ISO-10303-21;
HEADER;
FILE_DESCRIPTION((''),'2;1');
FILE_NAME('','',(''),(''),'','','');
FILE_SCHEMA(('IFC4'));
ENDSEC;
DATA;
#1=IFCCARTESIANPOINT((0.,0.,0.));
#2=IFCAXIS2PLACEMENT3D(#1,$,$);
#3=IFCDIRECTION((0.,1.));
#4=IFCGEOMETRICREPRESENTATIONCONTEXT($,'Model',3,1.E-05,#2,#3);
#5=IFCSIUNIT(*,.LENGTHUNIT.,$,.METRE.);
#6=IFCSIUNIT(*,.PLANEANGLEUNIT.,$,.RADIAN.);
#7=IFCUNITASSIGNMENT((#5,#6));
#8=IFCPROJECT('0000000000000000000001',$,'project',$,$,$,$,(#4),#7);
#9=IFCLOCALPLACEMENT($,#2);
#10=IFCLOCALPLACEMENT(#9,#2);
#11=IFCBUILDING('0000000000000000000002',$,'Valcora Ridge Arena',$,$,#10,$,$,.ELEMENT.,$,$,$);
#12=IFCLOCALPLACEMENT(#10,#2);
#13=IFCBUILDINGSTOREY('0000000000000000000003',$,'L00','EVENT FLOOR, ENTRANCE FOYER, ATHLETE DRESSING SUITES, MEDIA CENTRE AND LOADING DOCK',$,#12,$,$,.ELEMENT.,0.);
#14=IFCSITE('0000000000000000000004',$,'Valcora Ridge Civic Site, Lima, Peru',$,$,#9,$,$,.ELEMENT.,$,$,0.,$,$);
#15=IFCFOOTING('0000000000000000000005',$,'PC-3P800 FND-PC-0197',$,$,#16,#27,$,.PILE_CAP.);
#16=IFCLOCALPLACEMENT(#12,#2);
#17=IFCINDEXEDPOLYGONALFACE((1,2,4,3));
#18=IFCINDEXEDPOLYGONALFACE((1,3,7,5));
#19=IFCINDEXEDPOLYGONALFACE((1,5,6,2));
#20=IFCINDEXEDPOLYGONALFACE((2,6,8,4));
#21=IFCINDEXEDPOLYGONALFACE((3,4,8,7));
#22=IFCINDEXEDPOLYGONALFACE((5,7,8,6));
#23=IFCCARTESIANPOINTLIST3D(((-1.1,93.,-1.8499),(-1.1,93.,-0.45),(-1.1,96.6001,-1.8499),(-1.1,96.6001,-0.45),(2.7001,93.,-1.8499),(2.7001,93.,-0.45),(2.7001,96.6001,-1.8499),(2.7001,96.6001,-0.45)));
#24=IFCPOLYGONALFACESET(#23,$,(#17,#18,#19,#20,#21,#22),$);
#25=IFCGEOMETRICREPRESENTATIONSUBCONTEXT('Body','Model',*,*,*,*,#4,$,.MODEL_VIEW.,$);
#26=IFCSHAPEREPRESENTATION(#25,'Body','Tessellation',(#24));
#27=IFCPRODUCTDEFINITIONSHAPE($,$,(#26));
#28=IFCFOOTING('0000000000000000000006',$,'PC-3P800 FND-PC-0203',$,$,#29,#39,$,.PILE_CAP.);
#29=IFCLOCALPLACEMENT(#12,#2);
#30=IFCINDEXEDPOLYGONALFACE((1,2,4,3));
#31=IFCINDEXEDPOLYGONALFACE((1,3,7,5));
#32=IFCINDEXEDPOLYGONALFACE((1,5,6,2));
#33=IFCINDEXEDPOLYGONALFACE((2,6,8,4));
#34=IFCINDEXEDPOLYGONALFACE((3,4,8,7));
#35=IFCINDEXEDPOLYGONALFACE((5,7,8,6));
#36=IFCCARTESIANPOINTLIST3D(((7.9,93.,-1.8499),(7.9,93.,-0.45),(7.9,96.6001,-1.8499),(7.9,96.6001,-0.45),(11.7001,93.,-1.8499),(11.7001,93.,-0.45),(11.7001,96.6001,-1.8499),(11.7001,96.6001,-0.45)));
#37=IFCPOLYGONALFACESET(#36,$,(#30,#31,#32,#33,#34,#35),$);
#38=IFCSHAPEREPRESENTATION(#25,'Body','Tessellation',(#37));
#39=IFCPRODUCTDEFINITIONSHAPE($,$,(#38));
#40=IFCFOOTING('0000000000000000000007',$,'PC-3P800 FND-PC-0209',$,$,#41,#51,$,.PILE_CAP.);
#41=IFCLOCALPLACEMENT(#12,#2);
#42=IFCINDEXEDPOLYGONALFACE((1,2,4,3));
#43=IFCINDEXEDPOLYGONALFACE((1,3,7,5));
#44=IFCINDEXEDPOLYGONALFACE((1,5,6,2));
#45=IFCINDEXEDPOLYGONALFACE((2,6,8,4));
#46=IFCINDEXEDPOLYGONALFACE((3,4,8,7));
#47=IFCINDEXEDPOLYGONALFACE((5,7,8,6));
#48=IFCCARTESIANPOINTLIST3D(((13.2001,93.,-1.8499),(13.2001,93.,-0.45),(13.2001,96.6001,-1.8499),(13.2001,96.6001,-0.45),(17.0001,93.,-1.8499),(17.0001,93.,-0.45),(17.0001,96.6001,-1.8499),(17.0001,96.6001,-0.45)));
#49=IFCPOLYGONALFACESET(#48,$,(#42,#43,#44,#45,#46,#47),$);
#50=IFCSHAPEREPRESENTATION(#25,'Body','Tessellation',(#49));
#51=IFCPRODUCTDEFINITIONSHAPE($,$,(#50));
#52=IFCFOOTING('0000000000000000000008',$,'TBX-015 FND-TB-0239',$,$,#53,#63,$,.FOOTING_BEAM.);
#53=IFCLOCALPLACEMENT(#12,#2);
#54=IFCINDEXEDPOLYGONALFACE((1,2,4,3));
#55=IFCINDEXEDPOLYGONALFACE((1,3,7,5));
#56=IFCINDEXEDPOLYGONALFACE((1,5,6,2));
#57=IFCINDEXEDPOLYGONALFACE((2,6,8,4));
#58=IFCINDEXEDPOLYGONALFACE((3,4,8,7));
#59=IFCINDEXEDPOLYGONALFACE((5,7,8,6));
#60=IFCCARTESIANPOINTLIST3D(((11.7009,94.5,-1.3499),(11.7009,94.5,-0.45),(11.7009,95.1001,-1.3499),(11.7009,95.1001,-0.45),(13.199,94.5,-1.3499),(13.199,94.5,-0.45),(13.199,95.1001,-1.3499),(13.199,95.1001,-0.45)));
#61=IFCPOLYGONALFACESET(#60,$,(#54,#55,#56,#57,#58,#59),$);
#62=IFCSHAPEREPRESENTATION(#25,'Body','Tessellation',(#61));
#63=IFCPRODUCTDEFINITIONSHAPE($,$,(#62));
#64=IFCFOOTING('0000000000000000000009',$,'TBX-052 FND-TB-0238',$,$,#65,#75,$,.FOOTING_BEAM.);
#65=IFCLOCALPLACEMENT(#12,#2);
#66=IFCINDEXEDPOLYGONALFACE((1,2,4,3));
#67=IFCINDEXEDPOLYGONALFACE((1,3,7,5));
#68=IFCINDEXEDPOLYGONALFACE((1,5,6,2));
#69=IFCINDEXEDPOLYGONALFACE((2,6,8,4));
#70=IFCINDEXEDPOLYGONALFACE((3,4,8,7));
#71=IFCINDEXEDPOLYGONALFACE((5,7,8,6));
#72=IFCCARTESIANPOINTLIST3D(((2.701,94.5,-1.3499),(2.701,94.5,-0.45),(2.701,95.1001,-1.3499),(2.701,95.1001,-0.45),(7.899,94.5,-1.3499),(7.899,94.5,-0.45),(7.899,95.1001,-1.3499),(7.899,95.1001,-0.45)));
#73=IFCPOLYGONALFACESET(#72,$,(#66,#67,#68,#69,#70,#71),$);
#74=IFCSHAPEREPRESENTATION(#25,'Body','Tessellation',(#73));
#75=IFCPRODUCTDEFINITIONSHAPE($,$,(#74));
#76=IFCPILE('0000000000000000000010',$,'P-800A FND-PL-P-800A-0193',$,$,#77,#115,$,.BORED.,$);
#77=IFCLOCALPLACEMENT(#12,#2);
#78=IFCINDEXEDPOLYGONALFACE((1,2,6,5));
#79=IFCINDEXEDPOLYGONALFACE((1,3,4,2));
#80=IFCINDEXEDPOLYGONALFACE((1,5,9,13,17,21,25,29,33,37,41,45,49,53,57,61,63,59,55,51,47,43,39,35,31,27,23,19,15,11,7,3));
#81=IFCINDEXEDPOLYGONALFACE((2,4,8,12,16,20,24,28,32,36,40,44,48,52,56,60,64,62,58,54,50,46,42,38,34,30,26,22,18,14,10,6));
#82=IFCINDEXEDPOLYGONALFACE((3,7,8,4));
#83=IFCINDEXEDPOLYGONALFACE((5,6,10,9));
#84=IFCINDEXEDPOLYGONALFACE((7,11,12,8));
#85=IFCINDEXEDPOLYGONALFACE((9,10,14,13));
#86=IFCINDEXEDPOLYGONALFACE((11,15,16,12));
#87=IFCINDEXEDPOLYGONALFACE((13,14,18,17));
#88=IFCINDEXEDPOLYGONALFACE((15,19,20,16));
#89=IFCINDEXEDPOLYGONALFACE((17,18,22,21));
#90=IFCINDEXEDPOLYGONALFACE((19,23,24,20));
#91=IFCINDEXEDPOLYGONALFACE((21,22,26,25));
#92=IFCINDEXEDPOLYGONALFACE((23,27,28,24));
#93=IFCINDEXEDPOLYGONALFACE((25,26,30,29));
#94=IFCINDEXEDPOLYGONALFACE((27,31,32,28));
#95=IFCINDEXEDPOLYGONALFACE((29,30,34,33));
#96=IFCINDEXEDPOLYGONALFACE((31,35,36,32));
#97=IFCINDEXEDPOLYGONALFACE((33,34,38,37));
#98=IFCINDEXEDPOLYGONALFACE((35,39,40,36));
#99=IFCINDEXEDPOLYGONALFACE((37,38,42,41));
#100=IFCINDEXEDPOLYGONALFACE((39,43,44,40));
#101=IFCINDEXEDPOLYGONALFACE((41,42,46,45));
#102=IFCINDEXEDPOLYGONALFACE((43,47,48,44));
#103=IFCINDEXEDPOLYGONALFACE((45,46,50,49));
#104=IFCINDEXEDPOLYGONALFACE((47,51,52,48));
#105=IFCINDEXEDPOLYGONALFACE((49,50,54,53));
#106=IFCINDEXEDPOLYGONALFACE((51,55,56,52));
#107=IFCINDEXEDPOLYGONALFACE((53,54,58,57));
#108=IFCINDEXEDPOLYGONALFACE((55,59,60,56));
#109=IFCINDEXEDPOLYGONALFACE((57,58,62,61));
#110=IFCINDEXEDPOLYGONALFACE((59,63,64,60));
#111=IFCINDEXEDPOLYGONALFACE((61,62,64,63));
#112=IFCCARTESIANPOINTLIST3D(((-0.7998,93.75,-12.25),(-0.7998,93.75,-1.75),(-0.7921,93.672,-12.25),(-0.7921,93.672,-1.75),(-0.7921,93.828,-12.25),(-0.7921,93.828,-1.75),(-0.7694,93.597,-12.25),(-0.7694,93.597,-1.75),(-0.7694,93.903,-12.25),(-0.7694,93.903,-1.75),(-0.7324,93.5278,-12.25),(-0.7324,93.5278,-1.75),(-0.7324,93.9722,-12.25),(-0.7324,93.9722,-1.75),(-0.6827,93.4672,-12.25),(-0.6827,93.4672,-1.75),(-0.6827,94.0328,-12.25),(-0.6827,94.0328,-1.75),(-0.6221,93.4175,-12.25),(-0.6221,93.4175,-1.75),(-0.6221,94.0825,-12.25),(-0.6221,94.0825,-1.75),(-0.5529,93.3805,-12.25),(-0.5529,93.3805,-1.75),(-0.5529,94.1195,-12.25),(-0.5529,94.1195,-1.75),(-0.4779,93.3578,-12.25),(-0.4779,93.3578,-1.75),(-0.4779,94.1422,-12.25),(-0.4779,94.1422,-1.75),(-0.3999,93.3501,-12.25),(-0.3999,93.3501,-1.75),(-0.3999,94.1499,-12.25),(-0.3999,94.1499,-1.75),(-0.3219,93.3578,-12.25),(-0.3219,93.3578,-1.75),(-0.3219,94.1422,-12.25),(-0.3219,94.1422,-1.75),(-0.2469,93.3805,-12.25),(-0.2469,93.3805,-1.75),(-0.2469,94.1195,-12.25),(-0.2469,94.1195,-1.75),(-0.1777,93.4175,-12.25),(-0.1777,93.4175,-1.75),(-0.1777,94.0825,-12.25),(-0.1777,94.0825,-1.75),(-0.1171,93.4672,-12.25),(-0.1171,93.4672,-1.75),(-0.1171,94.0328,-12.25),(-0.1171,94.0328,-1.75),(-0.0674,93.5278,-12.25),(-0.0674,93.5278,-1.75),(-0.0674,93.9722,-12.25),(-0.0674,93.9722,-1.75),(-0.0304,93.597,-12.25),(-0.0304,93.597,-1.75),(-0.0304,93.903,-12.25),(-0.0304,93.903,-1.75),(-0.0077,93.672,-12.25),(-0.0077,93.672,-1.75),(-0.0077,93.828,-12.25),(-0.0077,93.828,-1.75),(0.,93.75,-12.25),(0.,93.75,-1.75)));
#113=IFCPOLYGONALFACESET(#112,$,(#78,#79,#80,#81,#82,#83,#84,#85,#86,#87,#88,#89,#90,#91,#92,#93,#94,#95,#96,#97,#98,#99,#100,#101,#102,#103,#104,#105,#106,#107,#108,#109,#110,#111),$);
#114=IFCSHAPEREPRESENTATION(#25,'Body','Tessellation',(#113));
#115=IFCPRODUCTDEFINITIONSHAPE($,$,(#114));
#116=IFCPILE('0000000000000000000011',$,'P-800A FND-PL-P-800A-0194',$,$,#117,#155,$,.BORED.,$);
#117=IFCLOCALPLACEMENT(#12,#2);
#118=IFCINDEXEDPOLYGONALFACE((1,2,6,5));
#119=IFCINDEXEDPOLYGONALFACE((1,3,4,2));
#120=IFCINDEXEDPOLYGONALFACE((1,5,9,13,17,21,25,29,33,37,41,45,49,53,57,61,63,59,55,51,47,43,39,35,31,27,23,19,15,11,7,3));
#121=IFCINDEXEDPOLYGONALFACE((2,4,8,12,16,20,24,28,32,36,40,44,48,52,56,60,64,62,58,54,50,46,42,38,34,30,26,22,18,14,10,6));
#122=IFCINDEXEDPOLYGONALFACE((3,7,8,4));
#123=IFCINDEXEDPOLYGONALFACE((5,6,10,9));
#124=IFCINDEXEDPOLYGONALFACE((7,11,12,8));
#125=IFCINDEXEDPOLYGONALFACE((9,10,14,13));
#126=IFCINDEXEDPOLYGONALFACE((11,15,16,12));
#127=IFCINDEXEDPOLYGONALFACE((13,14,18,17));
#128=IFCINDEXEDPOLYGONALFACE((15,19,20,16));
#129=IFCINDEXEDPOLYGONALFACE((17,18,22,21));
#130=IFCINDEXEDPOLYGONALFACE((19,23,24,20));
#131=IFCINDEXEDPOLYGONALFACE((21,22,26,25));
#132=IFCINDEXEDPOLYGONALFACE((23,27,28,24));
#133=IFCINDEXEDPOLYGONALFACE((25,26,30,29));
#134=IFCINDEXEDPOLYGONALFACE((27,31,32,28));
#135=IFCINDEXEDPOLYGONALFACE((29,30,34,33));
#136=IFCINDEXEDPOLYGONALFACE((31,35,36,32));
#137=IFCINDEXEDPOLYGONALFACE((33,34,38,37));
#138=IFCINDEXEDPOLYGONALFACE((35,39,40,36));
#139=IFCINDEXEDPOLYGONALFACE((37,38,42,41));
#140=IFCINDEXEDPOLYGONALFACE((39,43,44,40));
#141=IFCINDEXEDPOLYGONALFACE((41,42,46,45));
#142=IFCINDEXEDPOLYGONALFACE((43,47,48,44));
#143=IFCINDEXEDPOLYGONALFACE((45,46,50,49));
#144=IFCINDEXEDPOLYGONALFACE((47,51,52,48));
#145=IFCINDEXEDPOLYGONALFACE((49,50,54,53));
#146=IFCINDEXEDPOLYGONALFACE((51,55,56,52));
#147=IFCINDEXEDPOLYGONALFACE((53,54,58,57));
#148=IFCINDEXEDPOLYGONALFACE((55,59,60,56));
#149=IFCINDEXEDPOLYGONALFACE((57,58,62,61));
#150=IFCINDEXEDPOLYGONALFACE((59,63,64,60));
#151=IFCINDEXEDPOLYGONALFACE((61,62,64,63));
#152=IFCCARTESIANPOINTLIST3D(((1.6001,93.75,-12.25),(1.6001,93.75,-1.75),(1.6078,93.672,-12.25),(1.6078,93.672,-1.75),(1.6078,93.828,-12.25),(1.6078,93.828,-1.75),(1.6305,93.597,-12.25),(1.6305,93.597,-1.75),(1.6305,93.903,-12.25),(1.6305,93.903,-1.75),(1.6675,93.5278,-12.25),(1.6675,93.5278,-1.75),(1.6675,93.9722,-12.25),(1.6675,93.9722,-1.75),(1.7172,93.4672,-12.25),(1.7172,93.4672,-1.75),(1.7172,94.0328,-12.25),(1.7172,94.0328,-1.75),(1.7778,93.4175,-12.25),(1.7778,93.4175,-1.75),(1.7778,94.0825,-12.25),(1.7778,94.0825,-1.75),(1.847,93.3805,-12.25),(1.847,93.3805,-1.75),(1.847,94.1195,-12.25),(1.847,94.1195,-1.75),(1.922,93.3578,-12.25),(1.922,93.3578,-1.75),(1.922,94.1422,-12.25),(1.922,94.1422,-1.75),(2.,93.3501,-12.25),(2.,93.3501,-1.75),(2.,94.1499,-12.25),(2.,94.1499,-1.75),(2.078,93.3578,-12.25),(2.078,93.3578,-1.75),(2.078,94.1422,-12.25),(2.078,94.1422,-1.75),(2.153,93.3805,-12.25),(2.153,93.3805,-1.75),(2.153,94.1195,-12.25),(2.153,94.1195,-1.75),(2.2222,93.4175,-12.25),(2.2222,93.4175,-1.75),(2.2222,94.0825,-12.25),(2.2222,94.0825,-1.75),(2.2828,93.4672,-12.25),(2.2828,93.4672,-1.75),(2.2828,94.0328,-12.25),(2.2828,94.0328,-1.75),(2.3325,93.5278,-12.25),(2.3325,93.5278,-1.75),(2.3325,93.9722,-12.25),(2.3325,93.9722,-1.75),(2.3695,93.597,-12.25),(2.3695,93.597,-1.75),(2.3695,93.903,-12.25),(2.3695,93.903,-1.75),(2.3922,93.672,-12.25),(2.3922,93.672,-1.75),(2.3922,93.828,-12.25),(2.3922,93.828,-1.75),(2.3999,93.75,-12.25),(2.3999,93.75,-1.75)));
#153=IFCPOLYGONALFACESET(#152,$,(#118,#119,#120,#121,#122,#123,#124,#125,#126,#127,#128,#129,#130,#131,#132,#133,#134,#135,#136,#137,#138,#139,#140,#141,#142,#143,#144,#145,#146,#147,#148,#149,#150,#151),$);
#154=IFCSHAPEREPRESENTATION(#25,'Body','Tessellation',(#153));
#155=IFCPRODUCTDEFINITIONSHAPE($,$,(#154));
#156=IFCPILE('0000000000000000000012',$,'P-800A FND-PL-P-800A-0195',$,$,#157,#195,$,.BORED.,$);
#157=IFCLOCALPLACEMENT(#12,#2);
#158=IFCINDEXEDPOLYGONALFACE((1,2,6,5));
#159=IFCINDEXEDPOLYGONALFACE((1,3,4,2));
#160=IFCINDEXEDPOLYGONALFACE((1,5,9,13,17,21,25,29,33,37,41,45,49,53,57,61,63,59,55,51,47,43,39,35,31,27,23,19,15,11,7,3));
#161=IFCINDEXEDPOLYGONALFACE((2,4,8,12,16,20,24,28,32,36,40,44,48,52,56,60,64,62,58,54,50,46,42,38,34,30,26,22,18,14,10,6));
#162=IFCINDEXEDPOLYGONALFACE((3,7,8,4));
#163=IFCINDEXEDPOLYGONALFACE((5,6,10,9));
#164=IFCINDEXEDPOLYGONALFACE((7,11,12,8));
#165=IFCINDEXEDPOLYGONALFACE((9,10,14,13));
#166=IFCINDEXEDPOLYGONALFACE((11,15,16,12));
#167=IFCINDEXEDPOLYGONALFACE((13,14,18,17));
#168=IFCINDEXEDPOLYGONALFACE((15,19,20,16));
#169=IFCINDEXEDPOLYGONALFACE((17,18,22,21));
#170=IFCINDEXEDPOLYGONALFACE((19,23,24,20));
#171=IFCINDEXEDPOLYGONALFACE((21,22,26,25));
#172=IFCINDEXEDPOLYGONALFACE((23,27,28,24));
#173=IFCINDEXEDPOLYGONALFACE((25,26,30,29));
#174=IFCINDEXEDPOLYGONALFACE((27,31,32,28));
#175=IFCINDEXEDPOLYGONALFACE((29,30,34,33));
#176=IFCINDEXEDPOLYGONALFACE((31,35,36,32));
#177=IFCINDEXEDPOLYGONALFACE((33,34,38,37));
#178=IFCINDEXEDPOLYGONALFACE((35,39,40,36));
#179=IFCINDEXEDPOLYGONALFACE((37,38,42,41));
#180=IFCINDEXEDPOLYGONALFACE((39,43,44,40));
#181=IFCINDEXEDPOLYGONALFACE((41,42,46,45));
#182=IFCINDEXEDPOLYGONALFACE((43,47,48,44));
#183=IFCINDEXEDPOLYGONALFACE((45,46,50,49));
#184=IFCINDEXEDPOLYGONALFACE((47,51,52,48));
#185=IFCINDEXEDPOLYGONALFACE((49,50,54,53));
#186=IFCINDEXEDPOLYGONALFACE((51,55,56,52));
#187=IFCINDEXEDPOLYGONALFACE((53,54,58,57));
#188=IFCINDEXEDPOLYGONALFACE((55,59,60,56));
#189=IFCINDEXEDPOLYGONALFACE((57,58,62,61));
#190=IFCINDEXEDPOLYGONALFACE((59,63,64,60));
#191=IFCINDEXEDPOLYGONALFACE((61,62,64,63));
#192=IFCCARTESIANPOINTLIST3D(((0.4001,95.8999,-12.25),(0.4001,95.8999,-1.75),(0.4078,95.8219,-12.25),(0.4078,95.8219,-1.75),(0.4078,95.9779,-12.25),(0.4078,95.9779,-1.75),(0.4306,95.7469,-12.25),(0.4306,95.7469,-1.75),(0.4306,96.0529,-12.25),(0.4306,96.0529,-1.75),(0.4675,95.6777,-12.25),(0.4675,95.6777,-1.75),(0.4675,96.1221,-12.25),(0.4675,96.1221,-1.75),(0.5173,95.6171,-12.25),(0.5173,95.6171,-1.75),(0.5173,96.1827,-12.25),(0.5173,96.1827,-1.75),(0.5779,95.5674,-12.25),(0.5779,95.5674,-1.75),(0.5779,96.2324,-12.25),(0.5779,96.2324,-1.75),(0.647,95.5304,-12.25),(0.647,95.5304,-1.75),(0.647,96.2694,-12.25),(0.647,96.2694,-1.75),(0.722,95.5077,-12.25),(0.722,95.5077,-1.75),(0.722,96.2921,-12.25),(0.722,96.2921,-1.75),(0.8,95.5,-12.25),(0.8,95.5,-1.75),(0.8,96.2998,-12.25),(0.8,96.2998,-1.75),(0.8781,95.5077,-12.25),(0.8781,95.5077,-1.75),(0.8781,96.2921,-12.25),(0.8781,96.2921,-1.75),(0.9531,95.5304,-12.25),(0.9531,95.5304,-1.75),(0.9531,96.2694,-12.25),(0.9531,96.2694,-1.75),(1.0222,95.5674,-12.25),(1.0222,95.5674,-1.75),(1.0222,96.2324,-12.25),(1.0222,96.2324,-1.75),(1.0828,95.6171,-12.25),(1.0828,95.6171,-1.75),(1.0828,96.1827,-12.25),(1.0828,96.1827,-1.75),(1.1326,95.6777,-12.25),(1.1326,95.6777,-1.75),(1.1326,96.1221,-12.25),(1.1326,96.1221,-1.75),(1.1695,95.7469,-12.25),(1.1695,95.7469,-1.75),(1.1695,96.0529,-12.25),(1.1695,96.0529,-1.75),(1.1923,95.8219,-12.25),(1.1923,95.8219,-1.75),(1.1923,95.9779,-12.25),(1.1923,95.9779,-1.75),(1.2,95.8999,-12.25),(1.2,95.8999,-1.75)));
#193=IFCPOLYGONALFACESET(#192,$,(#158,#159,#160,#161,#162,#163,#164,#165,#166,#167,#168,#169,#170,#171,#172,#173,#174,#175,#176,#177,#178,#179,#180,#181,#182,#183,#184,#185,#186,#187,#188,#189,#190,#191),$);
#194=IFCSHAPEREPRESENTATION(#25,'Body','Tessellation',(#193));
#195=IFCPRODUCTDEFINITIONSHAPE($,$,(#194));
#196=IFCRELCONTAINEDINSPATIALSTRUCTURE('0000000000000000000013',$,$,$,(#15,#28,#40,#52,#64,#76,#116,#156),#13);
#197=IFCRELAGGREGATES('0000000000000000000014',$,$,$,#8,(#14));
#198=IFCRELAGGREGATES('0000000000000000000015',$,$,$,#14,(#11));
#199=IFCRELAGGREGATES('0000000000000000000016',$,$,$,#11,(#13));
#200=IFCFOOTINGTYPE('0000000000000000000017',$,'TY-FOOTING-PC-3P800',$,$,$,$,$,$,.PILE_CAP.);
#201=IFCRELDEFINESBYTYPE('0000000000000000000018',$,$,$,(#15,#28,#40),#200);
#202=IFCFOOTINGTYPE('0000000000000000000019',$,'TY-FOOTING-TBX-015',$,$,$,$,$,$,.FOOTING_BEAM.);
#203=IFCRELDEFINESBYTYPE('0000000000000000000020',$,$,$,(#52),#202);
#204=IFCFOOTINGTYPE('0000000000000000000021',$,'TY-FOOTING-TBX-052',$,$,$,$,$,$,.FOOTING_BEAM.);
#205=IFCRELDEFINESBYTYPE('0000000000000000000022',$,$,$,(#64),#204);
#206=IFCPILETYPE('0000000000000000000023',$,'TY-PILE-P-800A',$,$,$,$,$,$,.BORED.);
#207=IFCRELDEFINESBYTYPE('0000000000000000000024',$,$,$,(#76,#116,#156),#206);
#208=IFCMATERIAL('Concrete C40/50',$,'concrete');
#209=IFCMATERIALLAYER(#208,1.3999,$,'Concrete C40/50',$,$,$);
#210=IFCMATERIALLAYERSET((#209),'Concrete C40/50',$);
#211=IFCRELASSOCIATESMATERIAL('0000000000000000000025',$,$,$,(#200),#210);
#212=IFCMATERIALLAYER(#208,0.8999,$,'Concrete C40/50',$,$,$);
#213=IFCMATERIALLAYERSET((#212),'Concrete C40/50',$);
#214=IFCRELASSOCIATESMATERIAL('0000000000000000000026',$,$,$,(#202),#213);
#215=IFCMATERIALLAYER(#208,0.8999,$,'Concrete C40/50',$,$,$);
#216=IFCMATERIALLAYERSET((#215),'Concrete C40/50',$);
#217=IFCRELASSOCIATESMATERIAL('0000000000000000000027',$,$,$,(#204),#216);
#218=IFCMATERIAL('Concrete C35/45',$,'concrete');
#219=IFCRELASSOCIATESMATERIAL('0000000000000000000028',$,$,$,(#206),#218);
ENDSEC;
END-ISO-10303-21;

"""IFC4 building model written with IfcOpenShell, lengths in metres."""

from ifc_helpers import new_model, si_unit, direction, frame, origin, origin_2d, place, context, subcontext, project, spatial, rectangle, circle, extrude, material, layer, layer_set, material_profile, profile_set, type_object, element, save


model = new_model("IFC4")

# Units and contexts
model_context = context("Model", 3, precision=1e-05, world=origin(), true_north=direction((0.0, 1.0)))
body_context = subcontext(model_context, "Body", "Model", "MODEL_VIEW")
ifc_project = project(units=[si_unit("LENGTHUNIT", "METRE"), si_unit("PLANEANGLEUNIT", "RADIAN")], contexts=[model_context])

# Site, building, storey
site_placement = place(None, origin())
site = spatial("IfcSite", under=ifc_project, at=site_placement, Name="Valcora Ridge Civic Site, Lima, Peru", CompositionType="ELEMENT", RefElevation=0.0)
building_placement = place(site_placement, origin())
building = spatial("IfcBuilding", under=site, at=building_placement, Name="Valcora Ridge Arena", CompositionType="ELEMENT")
storey_placement = place(building_placement, origin())
storey = spatial("IfcBuildingStorey", under=building, at=storey_placement, Name="L00", Description="EVENT FLOOR, ENTRANCE FOYER, ATHLETE DRESSING SUITES, MEDIA CENTRE AND LOADING DOCK", CompositionType="ELEMENT", Elevation=0.0)

# Footings
ifc_material_1 = material(Name="Concrete C40/50", Category="concrete")
ifc_layer_1 = layer(ifc_material_1, 1.3999, Name="Concrete C40/50")
ifc_layer_set_1 = layer_set([ifc_layer_1], Name="Concrete C40/50")
footing_type_1 = type_object("IfcFootingType", Name="TY-FOOTING-PC-3P800", PredefinedType="PILE_CAP", material=ifc_layer_set_1)
for number, where, z_axis, x_axis, name in (
    (1, (0.8, 94.8, -1.8499), (0.0, 0.0, 1.0), (1.0, 0.0, 0.0), "PC-3P800 FND-PC-0197"),
    (2, (9.8, 94.8, -1.8499), (0.0, 0.0, 1.0), (1.0, 0.0, 0.0), "PC-3P800 FND-PC-0203"),
    (3, (15.1001, 94.8, -1.8499), (0.0, 0.0, 1.0), (1.0, 0.0, 0.0), "PC-3P800 FND-PC-0209"),
):
    element("IfcFooting", number, at=place(storey_placement, frame(where, z_axis=z_axis, x_axis=x_axis)), inside=storey, type_object=footing_type_1, Name=name, PredefinedType="PILE_CAP", context=body_context, shape_type="SweptSolid", body=[
        extrude(rectangle(XDim=3.8, YDim=3.6001, at=origin_2d()), origin(), (0.0, 0.0, 1.0), 1.3999),
    ])
ifc_layer_2 = layer(ifc_material_1, 0.8999, Name="Concrete C40/50")
ifc_layer_set_2 = layer_set([ifc_layer_2], Name="Concrete C40/50")
footing_type_2 = type_object("IfcFootingType", Name="TY-FOOTING-TBX-015", PredefinedType="FOOTING_BEAM", material=ifc_layer_set_2)
footing_1_placement = place(storey_placement, frame((12.45, 94.8, -1.3499), z_axis=(0.0, 0.0, 1.0), x_axis=(1.0, 0.0, 0.0)))
element("IfcFooting", 4, at=footing_1_placement, inside=storey, type_object=footing_type_2, Name="TBX-015 FND-TB-0239", PredefinedType="FOOTING_BEAM", context=body_context, shape_type="SweptSolid", body=[
    extrude(rectangle(XDim=1.498, YDim=0.6001, at=origin_2d()), origin(), (0.0, 0.0, 1.0), 0.8999),
])
ifc_layer_3 = layer(ifc_material_1, 0.8999, Name="Concrete C40/50")
ifc_layer_set_3 = layer_set([ifc_layer_3], Name="Concrete C40/50")
footing_type_3 = type_object("IfcFootingType", Name="TY-FOOTING-TBX-052", PredefinedType="FOOTING_BEAM", material=ifc_layer_set_3)
footing_2_placement = place(storey_placement, frame((5.3, 94.8, -1.3499), z_axis=(0.0, 0.0, 1.0), x_axis=(1.0, 0.0, 0.0)))
element("IfcFooting", 5, at=footing_2_placement, inside=storey, type_object=footing_type_3, Name="TBX-052 FND-TB-0238", PredefinedType="FOOTING_BEAM", context=body_context, shape_type="SweptSolid", body=[
    extrude(rectangle(XDim=5.198, YDim=0.6001, at=origin_2d()), origin(), (0.0, 0.0, 1.0), 0.8999),
])

# Piles
ifc_material_2 = material(Name="Concrete C35/45", Category="concrete")
ifc_material_profile_1 = material_profile(ifc_material_2, circle(Radius=0.3999, at=origin_2d()), Name="BORED PILE D800")
ifc_profile_set_1 = profile_set([ifc_material_profile_1], Name="Concrete C35/45")
pile_type = type_object("IfcPileType", Name="TY-PILE-P-800A", PredefinedType="BORED", material=ifc_profile_set_1)
for number, where, z_axis, x_axis, name in (
    (6, (-0.3999, 93.75, -1.75), (0.0, 0.0, -1.0), (1.0, 0.0, 0.0), "P-800A FND-PL-P-800A-0193"),
    (7, (2.0, 93.75, -1.75), (0.0, 0.0, -1.0), (1.0, 0.0, 0.0), "P-800A FND-PL-P-800A-0194"),
    (8, (0.8, 95.8999, -1.75), (0.0, 0.0, -1.0), (1.0, 0.0, 0.0), "P-800A FND-PL-P-800A-0195"),
):
    element("IfcPile", number, at=place(storey_placement, frame(where, z_axis=z_axis, x_axis=x_axis)), inside=storey, type_object=pile_type, Name=name, PredefinedType="BORED", context=body_context, shape_type="SweptSolid", body=[
        extrude(circle(Radius=0.3999, at=origin_2d()), origin(), (0.0, 0.0, 1.0), 10.5),
    ])

save(model, "model.ifc")
